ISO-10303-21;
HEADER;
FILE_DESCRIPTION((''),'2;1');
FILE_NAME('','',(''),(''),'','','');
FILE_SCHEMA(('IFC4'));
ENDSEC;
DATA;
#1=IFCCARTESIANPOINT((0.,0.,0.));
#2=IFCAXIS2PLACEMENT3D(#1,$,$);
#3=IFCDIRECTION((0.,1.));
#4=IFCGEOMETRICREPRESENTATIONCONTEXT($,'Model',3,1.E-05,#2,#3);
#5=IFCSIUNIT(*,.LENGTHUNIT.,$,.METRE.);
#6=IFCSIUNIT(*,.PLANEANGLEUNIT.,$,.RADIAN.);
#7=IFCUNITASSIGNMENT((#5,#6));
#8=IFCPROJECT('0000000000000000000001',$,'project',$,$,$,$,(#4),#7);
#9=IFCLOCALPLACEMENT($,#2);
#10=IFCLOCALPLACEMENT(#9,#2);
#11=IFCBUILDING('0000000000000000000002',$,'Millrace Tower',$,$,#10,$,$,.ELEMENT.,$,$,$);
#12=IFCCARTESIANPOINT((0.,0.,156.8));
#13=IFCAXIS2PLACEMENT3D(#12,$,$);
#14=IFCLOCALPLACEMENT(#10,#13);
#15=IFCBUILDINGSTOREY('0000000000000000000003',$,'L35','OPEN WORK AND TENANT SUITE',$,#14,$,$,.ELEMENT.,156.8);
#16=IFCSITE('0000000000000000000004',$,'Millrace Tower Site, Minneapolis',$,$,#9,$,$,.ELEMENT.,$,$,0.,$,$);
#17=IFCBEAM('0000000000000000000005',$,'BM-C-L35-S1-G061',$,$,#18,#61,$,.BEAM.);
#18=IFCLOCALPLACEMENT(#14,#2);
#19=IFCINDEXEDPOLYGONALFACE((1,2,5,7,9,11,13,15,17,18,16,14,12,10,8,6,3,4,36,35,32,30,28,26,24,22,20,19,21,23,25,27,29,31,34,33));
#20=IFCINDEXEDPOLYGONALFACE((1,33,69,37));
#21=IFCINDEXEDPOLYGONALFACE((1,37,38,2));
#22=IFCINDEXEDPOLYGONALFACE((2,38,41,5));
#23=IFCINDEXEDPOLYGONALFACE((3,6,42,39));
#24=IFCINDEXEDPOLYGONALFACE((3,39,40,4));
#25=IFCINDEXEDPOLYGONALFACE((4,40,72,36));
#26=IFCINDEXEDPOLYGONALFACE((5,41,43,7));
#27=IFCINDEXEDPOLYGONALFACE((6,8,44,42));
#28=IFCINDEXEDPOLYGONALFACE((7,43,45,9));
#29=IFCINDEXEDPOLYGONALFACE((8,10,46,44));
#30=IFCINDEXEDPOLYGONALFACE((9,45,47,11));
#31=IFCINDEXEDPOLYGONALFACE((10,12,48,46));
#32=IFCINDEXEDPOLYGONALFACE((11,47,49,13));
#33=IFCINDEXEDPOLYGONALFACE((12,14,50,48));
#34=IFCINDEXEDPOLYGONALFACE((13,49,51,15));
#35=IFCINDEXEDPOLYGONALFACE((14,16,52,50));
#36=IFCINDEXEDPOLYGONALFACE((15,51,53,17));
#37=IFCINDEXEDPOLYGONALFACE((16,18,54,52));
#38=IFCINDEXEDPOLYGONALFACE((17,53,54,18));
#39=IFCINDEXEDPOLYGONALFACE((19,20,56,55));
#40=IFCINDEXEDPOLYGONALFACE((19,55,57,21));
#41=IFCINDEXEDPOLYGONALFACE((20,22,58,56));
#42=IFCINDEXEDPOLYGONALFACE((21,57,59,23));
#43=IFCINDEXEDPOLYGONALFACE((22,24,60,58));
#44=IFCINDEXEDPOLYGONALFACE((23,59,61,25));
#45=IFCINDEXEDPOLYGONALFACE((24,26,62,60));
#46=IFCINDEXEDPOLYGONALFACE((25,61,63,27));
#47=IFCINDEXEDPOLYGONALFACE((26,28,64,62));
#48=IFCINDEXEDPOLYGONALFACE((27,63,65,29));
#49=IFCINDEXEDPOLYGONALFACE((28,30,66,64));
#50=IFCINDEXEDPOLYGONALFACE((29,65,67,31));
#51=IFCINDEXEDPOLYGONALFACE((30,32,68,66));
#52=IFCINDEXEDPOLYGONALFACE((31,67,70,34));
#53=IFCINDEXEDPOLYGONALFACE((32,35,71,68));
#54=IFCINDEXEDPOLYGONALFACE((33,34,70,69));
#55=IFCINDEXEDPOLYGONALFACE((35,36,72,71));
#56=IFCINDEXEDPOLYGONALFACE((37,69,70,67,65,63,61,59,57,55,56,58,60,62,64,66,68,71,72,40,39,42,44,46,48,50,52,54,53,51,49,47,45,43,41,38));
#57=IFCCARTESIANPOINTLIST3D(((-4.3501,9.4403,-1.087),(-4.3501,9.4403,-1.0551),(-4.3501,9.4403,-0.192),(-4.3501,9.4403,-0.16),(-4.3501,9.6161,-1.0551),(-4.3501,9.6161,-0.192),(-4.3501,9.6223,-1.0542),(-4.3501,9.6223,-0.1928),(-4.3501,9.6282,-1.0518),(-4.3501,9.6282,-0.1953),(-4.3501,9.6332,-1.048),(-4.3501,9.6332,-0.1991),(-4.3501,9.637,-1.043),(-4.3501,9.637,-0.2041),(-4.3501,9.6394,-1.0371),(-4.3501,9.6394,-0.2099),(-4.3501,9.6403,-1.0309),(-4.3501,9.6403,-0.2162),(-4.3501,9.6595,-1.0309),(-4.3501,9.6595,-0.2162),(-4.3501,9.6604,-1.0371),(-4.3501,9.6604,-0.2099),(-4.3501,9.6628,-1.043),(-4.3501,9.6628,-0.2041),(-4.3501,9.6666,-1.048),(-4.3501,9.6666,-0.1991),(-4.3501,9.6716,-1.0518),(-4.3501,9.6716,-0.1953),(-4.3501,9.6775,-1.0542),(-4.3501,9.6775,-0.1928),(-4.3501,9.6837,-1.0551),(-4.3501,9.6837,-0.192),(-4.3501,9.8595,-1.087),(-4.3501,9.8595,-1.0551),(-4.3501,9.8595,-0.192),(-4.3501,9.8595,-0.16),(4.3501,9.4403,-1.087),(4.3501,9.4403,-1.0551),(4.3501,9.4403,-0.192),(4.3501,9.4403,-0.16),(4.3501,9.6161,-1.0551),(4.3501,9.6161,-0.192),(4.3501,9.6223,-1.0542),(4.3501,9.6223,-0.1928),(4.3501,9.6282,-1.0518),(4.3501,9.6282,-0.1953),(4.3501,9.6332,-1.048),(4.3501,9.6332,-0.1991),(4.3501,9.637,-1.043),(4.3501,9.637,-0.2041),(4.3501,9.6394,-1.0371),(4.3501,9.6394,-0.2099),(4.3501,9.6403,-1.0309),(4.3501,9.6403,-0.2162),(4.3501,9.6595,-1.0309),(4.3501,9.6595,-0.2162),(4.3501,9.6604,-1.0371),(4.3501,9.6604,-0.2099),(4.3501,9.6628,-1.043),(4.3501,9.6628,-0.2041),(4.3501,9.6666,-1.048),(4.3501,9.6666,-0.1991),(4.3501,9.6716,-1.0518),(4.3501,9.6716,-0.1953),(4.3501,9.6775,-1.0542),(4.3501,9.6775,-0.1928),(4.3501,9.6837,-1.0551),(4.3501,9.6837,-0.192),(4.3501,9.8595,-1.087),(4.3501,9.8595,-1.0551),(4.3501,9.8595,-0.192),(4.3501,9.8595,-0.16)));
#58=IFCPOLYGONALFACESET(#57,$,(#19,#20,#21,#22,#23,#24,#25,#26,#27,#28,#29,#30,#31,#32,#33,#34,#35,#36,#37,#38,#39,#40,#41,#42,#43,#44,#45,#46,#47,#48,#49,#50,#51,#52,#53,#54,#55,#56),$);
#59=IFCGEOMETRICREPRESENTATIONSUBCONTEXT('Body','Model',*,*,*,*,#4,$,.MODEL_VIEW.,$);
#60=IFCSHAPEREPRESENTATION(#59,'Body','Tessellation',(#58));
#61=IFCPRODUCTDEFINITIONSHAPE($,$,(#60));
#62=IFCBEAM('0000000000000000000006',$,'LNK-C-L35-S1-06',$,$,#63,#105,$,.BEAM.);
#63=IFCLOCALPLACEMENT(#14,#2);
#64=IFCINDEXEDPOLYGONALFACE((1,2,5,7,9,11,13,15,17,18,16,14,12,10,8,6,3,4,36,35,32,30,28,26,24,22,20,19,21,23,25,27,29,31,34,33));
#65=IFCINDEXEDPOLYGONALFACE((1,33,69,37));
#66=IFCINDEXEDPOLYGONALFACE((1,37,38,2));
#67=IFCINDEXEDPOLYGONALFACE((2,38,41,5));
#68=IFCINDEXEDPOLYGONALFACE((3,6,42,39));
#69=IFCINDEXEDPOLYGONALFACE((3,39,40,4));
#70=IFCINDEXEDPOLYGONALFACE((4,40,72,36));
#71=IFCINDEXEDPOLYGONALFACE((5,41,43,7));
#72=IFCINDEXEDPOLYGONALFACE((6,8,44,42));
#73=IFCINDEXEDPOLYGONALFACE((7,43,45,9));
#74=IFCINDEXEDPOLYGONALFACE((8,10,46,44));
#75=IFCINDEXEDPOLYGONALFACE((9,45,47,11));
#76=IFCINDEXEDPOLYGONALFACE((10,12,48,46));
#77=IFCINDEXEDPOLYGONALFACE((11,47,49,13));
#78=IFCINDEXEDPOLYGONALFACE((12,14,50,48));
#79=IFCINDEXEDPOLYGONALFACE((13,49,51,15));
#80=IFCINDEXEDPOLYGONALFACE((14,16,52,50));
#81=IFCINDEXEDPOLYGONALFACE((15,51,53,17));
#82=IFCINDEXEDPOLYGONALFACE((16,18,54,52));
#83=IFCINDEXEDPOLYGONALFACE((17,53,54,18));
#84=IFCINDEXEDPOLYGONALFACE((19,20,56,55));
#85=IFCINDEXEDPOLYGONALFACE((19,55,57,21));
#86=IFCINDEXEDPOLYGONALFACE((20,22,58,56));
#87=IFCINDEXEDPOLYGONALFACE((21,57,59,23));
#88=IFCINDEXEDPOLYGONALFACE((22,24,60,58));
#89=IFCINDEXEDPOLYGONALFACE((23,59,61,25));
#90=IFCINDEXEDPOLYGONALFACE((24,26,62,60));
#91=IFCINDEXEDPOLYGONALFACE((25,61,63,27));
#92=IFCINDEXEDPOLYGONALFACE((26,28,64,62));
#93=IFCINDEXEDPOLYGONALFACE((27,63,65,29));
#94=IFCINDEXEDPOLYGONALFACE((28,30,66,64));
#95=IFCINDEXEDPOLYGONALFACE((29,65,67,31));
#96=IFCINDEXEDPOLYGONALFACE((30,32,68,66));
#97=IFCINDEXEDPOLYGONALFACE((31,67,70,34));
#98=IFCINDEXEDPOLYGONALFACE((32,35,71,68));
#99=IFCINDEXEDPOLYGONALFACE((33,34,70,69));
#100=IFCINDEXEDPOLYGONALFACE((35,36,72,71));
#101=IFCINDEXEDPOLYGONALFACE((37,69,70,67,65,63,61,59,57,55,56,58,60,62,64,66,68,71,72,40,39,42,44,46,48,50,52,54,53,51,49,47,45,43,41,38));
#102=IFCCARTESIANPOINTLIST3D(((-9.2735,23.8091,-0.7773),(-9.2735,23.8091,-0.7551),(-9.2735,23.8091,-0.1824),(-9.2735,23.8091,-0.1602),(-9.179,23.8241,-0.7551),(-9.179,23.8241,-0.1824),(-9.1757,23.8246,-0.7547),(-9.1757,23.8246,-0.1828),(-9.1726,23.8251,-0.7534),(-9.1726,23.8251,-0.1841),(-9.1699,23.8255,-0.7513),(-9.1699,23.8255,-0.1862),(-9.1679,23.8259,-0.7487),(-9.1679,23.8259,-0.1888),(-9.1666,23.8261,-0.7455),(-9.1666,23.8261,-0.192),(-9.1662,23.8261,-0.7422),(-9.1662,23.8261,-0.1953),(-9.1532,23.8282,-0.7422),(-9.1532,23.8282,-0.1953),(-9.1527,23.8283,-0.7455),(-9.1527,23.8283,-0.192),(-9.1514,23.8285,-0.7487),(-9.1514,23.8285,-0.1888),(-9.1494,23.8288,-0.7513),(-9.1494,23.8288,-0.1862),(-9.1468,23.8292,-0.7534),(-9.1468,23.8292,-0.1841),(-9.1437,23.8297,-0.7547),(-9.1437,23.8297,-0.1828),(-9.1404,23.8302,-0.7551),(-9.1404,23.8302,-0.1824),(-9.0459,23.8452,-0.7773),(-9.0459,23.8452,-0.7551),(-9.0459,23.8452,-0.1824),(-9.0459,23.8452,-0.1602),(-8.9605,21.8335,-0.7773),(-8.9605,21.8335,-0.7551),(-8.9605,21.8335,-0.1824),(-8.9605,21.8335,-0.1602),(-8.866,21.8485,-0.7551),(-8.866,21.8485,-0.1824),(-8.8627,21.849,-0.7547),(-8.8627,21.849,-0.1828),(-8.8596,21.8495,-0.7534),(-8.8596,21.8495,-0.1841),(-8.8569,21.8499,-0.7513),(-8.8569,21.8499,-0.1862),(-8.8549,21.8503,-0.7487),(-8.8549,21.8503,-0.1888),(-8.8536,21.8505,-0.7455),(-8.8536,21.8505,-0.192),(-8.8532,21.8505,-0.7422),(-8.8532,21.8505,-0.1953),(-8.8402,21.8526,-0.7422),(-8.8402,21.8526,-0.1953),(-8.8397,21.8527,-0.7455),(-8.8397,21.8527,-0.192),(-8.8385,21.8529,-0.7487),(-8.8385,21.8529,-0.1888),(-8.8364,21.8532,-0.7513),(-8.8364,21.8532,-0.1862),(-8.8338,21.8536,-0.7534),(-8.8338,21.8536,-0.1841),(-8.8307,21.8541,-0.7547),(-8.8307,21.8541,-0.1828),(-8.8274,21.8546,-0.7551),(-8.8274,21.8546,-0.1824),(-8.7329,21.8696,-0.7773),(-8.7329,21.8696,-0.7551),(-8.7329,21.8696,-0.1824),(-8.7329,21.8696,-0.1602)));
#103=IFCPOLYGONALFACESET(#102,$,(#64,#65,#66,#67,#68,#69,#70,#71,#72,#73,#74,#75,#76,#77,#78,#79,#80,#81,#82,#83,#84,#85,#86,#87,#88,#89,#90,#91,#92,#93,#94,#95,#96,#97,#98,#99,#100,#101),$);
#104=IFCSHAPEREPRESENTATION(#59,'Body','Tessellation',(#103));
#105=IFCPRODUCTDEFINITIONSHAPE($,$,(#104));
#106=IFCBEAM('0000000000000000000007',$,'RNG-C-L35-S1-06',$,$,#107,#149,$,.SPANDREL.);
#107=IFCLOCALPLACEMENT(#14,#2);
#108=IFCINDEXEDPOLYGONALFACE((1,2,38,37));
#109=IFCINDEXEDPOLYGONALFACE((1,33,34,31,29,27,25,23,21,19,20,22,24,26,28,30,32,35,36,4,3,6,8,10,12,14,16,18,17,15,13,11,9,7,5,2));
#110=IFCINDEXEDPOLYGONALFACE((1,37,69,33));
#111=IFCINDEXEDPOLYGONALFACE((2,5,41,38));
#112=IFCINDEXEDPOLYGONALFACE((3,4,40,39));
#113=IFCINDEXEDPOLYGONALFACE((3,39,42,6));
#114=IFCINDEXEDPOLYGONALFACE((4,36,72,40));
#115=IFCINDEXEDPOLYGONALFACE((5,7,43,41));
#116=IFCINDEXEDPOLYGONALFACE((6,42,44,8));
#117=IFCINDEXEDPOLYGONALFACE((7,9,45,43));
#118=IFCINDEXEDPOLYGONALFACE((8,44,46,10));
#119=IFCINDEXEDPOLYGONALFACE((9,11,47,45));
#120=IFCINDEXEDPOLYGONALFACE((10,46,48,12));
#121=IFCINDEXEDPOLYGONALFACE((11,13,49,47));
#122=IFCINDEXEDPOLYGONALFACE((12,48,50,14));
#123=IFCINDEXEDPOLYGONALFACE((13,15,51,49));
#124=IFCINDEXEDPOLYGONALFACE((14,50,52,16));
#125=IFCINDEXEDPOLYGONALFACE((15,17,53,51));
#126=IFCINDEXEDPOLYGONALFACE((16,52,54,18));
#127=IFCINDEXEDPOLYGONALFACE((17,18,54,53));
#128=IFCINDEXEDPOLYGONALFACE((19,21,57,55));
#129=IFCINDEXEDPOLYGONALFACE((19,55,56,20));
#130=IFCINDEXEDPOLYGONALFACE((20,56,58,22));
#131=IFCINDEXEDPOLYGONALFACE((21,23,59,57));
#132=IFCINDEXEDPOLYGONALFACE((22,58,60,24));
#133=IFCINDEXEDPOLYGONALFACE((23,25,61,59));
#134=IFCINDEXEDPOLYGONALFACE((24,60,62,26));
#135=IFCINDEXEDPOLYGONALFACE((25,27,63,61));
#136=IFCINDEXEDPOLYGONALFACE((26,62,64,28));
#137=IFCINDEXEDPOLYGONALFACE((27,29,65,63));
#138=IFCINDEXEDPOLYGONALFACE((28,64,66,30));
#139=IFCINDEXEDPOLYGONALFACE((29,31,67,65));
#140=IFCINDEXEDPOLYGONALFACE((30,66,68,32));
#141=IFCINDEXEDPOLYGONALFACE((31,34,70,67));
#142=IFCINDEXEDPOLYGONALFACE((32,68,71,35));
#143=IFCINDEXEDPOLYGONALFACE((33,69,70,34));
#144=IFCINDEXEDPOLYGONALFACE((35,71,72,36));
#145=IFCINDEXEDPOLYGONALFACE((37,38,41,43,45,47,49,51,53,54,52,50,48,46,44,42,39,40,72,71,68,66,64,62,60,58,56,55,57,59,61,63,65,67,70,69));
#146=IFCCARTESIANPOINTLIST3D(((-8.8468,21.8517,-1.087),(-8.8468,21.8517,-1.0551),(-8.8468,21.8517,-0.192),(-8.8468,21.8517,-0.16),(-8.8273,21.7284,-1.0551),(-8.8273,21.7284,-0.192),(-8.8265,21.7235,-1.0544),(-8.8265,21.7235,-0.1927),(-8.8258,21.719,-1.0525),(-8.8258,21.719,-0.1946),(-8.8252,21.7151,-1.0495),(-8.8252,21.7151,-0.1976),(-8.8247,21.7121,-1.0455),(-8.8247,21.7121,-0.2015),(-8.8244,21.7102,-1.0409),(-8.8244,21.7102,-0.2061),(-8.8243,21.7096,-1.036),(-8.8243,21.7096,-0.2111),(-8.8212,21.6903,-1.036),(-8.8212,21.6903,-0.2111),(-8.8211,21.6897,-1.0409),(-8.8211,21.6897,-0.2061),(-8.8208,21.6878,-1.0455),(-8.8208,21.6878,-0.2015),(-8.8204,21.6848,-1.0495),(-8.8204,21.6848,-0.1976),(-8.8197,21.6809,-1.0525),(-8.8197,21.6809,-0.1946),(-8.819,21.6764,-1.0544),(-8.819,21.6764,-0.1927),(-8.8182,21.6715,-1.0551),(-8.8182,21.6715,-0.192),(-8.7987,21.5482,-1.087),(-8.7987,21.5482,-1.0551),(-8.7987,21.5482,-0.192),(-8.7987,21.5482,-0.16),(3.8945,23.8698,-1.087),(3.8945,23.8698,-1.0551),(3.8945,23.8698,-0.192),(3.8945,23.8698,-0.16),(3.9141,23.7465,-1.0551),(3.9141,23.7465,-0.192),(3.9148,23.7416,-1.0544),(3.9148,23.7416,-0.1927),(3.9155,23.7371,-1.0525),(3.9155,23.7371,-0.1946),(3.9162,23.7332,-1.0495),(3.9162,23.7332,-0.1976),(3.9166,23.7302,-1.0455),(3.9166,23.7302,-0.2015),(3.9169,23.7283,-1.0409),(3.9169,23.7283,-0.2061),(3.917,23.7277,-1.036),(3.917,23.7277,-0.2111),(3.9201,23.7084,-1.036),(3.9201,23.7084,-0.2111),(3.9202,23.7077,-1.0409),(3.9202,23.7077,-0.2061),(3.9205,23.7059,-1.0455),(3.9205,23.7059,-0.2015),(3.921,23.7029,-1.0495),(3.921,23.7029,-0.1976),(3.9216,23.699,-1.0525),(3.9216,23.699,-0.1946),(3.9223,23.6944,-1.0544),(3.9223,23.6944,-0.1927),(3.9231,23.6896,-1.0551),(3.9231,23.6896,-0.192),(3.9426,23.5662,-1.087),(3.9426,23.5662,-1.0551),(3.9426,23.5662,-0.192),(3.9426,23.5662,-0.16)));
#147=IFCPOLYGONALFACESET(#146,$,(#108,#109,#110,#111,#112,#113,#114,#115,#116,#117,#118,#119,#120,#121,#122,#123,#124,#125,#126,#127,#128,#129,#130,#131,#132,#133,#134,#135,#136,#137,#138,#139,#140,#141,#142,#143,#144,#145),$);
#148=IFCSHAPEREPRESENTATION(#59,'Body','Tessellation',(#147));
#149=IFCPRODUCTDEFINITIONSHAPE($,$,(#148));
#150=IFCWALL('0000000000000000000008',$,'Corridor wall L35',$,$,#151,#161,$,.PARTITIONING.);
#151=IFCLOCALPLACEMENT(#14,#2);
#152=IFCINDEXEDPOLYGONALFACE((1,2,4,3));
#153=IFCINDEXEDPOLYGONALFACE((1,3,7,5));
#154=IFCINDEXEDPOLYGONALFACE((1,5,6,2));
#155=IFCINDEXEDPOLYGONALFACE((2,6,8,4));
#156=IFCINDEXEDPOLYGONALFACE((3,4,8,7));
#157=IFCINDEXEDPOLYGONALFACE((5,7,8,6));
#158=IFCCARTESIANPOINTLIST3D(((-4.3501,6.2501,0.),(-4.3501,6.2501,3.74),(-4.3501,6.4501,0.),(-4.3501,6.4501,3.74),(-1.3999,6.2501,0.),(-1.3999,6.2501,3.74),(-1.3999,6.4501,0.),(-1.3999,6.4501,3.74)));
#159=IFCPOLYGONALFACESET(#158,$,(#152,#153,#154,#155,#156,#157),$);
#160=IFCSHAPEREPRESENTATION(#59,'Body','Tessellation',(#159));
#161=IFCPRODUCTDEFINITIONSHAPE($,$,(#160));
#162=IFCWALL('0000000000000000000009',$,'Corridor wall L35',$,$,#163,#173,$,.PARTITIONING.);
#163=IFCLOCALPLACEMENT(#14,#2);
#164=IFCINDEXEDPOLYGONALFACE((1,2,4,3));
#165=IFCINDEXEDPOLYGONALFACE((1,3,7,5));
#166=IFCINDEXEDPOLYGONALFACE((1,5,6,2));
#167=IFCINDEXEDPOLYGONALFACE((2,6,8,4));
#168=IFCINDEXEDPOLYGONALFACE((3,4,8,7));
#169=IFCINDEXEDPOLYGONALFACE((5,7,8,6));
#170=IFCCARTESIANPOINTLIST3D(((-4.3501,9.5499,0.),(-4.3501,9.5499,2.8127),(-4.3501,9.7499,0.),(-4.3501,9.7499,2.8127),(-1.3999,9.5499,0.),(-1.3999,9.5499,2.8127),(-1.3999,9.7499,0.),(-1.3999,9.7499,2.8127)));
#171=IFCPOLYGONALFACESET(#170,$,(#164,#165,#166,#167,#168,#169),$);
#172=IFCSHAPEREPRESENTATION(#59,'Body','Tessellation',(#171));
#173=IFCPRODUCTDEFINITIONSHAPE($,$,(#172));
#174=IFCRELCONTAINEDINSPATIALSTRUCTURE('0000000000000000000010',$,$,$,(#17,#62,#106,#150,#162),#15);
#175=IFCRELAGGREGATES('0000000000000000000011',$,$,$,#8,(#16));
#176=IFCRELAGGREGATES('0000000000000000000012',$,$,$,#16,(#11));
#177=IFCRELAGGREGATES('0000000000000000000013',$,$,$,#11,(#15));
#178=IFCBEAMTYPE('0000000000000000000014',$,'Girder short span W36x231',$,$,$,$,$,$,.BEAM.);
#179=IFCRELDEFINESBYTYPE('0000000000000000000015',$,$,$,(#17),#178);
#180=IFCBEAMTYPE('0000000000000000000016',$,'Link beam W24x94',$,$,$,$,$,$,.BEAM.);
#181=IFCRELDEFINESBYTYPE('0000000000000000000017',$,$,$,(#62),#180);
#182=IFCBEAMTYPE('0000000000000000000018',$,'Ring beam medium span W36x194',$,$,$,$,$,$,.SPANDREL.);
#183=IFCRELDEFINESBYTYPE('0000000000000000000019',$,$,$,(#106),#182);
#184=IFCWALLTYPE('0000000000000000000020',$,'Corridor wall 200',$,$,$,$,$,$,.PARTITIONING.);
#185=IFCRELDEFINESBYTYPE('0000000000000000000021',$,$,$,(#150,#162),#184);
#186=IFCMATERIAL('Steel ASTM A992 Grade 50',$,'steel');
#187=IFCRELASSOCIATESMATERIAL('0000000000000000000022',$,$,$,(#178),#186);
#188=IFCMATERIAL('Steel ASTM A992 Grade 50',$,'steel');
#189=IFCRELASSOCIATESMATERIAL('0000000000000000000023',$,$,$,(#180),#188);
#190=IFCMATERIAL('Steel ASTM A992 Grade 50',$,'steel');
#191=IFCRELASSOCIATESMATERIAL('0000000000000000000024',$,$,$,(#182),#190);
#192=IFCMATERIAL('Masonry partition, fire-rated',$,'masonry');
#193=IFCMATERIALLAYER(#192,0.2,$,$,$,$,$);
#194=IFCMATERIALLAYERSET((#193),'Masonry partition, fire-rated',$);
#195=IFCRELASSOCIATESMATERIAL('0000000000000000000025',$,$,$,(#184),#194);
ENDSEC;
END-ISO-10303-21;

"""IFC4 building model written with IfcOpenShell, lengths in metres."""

from ifc_helpers import new_model, si_unit, direction, frame, frame_2d, origin, origin_2d, place, context, subcontext, project, spatial, rectangle, i_section, extrude, material, layer, layer_set, material_profile, profile_set, type_object, element, save


model = new_model("IFC4")

# Units and contexts
model_context = context("Model", 3, precision=1e-05, world=origin(), true_north=direction((0.0, 1.0)))
body_context = subcontext(model_context, "Body", "Model", "MODEL_VIEW")
ifc_project = project(units=[si_unit("LENGTHUNIT", "METRE"), si_unit("PLANEANGLEUNIT", "RADIAN")], contexts=[model_context])

# Site, building, storey
site_placement = place(None, origin())
site = spatial("IfcSite", under=ifc_project, at=site_placement, Name="Millrace Tower Site, Minneapolis", CompositionType="ELEMENT", RefElevation=0.0)
building_placement = place(site_placement, origin())
building = spatial("IfcBuilding", under=site, at=building_placement, Name="Millrace Tower", CompositionType="ELEMENT")
storey_placement = place(building_placement, frame((0.0, 0.0, 156.8)))
storey = spatial("IfcBuildingStorey", under=building, at=storey_placement, Name="L35", Description="OPEN WORK AND TENANT SUITE", CompositionType="ELEMENT", Elevation=156.8)

# Beams
ifc_material_1 = material(Name="Steel ASTM A992 Grade 50", Category="steel")
ifc_material_profile_1 = material_profile(ifc_material_1, i_section(OverallWidth=0.4192, OverallDepth=0.927, WebThickness=0.0193, FlangeThickness=0.032, FilletRadius=0.0242, at=origin_2d()))
ifc_profile_set_1 = profile_set([ifc_material_profile_1], Name="Steel ASTM A992 Grade 50")
beam_type_1 = type_object("IfcBeamType", Name="Girder short span W36x231", PredefinedType="BEAM", material=ifc_profile_set_1)
beam_1_placement = place(storey_placement, frame((-4.3501, 9.6499, -0.6235), z_axis=(1.0, 0.0, 0.0), x_axis=(0.0, 1.0, 0.0)))
element("IfcBeam", 1, at=beam_1_placement, inside=storey, type_object=beam_type_1, Name="BM-C-L35-S1-G061", PredefinedType="BEAM", context=body_context, shape_type="SweptSolid", body=[
    extrude(i_section(OverallWidth=0.4192, OverallDepth=0.927, WebThickness=0.0193, FlangeThickness=0.032, FilletRadius=0.0242, at=origin_2d()), origin(), (0.0, 0.0, 1.0), 8.7002),
])
ifc_material_2 = material(Name="Steel ASTM A992 Grade 50", Category="steel")
ifc_material_profile_2 = material_profile(ifc_material_2, i_section(OverallWidth=0.2305, OverallDepth=0.6172, WebThickness=0.0132, FlangeThickness=0.0222, FilletRadius=0.0129, at=origin_2d()))
ifc_profile_set_2 = profile_set([ifc_material_profile_2], Name="Steel ASTM A992 Grade 50")
beam_type_2 = type_object("IfcBeamType", Name="Link beam W24x94", PredefinedType="BEAM", material=ifc_profile_set_2)
beam_2_placement = place(storey_placement, frame((-8.8467, 21.8516, -0.4688), z_axis=(-0.156477, 0.987682, 0.0), x_axis=(-0.987682, -0.156477, 0.0)))
element("IfcBeam", 2, at=beam_2_placement, inside=storey, type_object=beam_type_2, Name="LNK-C-L35-S1-06", PredefinedType="BEAM", context=body_context, shape_type="SweptSolid", body=[
    extrude(i_section(OverallWidth=0.2305, OverallDepth=0.6172, WebThickness=0.0132, FlangeThickness=0.0222, FilletRadius=0.0129, at=origin_2d()), origin(), (0.0, 0.0, 1.0), 2.0002),
])
ifc_material_3 = material(Name="Steel ASTM A992 Grade 50", Category="steel")
ifc_material_profile_3 = material_profile(ifc_material_3, i_section(OverallWidth=0.3074, OverallDepth=0.927, WebThickness=0.0195, FlangeThickness=0.032, FilletRadius=0.019, at=origin_2d()))
ifc_profile_set_3 = profile_set([ifc_material_profile_3], Name="Steel ASTM A992 Grade 50")
beam_type_3 = type_object("IfcBeamType", Name="Ring beam medium span W36x194", PredefinedType="SPANDREL", material=ifc_profile_set_3)
beam_3_placement = place(storey_placement, frame((-8.8228, 21.7, -0.6235), z_axis=(0.987688, 0.156439, 0.0), x_axis=(-0.156439, 0.987688, 0.0)))
element("IfcBeam", 3, at=beam_3_placement, inside=storey, type_object=beam_type_3, Name="RNG-C-L35-S1-06", PredefinedType="SPANDREL", context=body_context, shape_type="SweptSolid", body=[
    extrude(i_section(OverallWidth=0.3074, OverallDepth=0.927, WebThickness=0.0195, FlangeThickness=0.032, FilletRadius=0.019, at=origin_2d()), origin(), (0.0, 0.0, 1.0), 12.9001),
])

# Walls
ifc_material_4 = material(Name="Masonry partition, fire-rated", Category="masonry")
ifc_layer_1 = layer(ifc_material_4, 0.2)
ifc_layer_set_1 = layer_set([ifc_layer_1], Name="Masonry partition, fire-rated")
wall_type_1 = type_object("IfcWallType", Name="Corridor wall 200", PredefinedType="PARTITIONING", material=ifc_layer_set_1)
wall_1_placement = place(storey_placement, frame((-4.3501, 6.3501, 0.0), z_axis=(0.0, 0.0, 1.0), x_axis=(1.0, 0.0, 0.0)))
element("IfcWall", 4, at=wall_1_placement, inside=storey, type_object=wall_type_1, Name="Corridor wall L35", PredefinedType="PARTITIONING", context=body_context, shape_type="SweptSolid", body=[
    extrude(rectangle(XDim=2.9502, YDim=0.2, at=frame_2d((1.4751, 0.0))), origin(), (0.0, 0.0, 1.0), 3.74),
])
wall_2_placement = place(storey_placement, frame((-4.3501, 9.6499, 0.0), z_axis=(0.0, 0.0, 1.0), x_axis=(1.0, 0.0, 0.0)))
element("IfcWall", 5, at=wall_2_placement, inside=storey, type_object=wall_type_1, Name="Corridor wall L35", PredefinedType="PARTITIONING", context=body_context, shape_type="SweptSolid", body=[
    extrude(rectangle(XDim=2.9502, YDim=0.2, at=frame_2d((1.4751, 0.0))), origin(), (0.0, 0.0, 1.0), 2.8127),
])

save(model, "model.ifc")
